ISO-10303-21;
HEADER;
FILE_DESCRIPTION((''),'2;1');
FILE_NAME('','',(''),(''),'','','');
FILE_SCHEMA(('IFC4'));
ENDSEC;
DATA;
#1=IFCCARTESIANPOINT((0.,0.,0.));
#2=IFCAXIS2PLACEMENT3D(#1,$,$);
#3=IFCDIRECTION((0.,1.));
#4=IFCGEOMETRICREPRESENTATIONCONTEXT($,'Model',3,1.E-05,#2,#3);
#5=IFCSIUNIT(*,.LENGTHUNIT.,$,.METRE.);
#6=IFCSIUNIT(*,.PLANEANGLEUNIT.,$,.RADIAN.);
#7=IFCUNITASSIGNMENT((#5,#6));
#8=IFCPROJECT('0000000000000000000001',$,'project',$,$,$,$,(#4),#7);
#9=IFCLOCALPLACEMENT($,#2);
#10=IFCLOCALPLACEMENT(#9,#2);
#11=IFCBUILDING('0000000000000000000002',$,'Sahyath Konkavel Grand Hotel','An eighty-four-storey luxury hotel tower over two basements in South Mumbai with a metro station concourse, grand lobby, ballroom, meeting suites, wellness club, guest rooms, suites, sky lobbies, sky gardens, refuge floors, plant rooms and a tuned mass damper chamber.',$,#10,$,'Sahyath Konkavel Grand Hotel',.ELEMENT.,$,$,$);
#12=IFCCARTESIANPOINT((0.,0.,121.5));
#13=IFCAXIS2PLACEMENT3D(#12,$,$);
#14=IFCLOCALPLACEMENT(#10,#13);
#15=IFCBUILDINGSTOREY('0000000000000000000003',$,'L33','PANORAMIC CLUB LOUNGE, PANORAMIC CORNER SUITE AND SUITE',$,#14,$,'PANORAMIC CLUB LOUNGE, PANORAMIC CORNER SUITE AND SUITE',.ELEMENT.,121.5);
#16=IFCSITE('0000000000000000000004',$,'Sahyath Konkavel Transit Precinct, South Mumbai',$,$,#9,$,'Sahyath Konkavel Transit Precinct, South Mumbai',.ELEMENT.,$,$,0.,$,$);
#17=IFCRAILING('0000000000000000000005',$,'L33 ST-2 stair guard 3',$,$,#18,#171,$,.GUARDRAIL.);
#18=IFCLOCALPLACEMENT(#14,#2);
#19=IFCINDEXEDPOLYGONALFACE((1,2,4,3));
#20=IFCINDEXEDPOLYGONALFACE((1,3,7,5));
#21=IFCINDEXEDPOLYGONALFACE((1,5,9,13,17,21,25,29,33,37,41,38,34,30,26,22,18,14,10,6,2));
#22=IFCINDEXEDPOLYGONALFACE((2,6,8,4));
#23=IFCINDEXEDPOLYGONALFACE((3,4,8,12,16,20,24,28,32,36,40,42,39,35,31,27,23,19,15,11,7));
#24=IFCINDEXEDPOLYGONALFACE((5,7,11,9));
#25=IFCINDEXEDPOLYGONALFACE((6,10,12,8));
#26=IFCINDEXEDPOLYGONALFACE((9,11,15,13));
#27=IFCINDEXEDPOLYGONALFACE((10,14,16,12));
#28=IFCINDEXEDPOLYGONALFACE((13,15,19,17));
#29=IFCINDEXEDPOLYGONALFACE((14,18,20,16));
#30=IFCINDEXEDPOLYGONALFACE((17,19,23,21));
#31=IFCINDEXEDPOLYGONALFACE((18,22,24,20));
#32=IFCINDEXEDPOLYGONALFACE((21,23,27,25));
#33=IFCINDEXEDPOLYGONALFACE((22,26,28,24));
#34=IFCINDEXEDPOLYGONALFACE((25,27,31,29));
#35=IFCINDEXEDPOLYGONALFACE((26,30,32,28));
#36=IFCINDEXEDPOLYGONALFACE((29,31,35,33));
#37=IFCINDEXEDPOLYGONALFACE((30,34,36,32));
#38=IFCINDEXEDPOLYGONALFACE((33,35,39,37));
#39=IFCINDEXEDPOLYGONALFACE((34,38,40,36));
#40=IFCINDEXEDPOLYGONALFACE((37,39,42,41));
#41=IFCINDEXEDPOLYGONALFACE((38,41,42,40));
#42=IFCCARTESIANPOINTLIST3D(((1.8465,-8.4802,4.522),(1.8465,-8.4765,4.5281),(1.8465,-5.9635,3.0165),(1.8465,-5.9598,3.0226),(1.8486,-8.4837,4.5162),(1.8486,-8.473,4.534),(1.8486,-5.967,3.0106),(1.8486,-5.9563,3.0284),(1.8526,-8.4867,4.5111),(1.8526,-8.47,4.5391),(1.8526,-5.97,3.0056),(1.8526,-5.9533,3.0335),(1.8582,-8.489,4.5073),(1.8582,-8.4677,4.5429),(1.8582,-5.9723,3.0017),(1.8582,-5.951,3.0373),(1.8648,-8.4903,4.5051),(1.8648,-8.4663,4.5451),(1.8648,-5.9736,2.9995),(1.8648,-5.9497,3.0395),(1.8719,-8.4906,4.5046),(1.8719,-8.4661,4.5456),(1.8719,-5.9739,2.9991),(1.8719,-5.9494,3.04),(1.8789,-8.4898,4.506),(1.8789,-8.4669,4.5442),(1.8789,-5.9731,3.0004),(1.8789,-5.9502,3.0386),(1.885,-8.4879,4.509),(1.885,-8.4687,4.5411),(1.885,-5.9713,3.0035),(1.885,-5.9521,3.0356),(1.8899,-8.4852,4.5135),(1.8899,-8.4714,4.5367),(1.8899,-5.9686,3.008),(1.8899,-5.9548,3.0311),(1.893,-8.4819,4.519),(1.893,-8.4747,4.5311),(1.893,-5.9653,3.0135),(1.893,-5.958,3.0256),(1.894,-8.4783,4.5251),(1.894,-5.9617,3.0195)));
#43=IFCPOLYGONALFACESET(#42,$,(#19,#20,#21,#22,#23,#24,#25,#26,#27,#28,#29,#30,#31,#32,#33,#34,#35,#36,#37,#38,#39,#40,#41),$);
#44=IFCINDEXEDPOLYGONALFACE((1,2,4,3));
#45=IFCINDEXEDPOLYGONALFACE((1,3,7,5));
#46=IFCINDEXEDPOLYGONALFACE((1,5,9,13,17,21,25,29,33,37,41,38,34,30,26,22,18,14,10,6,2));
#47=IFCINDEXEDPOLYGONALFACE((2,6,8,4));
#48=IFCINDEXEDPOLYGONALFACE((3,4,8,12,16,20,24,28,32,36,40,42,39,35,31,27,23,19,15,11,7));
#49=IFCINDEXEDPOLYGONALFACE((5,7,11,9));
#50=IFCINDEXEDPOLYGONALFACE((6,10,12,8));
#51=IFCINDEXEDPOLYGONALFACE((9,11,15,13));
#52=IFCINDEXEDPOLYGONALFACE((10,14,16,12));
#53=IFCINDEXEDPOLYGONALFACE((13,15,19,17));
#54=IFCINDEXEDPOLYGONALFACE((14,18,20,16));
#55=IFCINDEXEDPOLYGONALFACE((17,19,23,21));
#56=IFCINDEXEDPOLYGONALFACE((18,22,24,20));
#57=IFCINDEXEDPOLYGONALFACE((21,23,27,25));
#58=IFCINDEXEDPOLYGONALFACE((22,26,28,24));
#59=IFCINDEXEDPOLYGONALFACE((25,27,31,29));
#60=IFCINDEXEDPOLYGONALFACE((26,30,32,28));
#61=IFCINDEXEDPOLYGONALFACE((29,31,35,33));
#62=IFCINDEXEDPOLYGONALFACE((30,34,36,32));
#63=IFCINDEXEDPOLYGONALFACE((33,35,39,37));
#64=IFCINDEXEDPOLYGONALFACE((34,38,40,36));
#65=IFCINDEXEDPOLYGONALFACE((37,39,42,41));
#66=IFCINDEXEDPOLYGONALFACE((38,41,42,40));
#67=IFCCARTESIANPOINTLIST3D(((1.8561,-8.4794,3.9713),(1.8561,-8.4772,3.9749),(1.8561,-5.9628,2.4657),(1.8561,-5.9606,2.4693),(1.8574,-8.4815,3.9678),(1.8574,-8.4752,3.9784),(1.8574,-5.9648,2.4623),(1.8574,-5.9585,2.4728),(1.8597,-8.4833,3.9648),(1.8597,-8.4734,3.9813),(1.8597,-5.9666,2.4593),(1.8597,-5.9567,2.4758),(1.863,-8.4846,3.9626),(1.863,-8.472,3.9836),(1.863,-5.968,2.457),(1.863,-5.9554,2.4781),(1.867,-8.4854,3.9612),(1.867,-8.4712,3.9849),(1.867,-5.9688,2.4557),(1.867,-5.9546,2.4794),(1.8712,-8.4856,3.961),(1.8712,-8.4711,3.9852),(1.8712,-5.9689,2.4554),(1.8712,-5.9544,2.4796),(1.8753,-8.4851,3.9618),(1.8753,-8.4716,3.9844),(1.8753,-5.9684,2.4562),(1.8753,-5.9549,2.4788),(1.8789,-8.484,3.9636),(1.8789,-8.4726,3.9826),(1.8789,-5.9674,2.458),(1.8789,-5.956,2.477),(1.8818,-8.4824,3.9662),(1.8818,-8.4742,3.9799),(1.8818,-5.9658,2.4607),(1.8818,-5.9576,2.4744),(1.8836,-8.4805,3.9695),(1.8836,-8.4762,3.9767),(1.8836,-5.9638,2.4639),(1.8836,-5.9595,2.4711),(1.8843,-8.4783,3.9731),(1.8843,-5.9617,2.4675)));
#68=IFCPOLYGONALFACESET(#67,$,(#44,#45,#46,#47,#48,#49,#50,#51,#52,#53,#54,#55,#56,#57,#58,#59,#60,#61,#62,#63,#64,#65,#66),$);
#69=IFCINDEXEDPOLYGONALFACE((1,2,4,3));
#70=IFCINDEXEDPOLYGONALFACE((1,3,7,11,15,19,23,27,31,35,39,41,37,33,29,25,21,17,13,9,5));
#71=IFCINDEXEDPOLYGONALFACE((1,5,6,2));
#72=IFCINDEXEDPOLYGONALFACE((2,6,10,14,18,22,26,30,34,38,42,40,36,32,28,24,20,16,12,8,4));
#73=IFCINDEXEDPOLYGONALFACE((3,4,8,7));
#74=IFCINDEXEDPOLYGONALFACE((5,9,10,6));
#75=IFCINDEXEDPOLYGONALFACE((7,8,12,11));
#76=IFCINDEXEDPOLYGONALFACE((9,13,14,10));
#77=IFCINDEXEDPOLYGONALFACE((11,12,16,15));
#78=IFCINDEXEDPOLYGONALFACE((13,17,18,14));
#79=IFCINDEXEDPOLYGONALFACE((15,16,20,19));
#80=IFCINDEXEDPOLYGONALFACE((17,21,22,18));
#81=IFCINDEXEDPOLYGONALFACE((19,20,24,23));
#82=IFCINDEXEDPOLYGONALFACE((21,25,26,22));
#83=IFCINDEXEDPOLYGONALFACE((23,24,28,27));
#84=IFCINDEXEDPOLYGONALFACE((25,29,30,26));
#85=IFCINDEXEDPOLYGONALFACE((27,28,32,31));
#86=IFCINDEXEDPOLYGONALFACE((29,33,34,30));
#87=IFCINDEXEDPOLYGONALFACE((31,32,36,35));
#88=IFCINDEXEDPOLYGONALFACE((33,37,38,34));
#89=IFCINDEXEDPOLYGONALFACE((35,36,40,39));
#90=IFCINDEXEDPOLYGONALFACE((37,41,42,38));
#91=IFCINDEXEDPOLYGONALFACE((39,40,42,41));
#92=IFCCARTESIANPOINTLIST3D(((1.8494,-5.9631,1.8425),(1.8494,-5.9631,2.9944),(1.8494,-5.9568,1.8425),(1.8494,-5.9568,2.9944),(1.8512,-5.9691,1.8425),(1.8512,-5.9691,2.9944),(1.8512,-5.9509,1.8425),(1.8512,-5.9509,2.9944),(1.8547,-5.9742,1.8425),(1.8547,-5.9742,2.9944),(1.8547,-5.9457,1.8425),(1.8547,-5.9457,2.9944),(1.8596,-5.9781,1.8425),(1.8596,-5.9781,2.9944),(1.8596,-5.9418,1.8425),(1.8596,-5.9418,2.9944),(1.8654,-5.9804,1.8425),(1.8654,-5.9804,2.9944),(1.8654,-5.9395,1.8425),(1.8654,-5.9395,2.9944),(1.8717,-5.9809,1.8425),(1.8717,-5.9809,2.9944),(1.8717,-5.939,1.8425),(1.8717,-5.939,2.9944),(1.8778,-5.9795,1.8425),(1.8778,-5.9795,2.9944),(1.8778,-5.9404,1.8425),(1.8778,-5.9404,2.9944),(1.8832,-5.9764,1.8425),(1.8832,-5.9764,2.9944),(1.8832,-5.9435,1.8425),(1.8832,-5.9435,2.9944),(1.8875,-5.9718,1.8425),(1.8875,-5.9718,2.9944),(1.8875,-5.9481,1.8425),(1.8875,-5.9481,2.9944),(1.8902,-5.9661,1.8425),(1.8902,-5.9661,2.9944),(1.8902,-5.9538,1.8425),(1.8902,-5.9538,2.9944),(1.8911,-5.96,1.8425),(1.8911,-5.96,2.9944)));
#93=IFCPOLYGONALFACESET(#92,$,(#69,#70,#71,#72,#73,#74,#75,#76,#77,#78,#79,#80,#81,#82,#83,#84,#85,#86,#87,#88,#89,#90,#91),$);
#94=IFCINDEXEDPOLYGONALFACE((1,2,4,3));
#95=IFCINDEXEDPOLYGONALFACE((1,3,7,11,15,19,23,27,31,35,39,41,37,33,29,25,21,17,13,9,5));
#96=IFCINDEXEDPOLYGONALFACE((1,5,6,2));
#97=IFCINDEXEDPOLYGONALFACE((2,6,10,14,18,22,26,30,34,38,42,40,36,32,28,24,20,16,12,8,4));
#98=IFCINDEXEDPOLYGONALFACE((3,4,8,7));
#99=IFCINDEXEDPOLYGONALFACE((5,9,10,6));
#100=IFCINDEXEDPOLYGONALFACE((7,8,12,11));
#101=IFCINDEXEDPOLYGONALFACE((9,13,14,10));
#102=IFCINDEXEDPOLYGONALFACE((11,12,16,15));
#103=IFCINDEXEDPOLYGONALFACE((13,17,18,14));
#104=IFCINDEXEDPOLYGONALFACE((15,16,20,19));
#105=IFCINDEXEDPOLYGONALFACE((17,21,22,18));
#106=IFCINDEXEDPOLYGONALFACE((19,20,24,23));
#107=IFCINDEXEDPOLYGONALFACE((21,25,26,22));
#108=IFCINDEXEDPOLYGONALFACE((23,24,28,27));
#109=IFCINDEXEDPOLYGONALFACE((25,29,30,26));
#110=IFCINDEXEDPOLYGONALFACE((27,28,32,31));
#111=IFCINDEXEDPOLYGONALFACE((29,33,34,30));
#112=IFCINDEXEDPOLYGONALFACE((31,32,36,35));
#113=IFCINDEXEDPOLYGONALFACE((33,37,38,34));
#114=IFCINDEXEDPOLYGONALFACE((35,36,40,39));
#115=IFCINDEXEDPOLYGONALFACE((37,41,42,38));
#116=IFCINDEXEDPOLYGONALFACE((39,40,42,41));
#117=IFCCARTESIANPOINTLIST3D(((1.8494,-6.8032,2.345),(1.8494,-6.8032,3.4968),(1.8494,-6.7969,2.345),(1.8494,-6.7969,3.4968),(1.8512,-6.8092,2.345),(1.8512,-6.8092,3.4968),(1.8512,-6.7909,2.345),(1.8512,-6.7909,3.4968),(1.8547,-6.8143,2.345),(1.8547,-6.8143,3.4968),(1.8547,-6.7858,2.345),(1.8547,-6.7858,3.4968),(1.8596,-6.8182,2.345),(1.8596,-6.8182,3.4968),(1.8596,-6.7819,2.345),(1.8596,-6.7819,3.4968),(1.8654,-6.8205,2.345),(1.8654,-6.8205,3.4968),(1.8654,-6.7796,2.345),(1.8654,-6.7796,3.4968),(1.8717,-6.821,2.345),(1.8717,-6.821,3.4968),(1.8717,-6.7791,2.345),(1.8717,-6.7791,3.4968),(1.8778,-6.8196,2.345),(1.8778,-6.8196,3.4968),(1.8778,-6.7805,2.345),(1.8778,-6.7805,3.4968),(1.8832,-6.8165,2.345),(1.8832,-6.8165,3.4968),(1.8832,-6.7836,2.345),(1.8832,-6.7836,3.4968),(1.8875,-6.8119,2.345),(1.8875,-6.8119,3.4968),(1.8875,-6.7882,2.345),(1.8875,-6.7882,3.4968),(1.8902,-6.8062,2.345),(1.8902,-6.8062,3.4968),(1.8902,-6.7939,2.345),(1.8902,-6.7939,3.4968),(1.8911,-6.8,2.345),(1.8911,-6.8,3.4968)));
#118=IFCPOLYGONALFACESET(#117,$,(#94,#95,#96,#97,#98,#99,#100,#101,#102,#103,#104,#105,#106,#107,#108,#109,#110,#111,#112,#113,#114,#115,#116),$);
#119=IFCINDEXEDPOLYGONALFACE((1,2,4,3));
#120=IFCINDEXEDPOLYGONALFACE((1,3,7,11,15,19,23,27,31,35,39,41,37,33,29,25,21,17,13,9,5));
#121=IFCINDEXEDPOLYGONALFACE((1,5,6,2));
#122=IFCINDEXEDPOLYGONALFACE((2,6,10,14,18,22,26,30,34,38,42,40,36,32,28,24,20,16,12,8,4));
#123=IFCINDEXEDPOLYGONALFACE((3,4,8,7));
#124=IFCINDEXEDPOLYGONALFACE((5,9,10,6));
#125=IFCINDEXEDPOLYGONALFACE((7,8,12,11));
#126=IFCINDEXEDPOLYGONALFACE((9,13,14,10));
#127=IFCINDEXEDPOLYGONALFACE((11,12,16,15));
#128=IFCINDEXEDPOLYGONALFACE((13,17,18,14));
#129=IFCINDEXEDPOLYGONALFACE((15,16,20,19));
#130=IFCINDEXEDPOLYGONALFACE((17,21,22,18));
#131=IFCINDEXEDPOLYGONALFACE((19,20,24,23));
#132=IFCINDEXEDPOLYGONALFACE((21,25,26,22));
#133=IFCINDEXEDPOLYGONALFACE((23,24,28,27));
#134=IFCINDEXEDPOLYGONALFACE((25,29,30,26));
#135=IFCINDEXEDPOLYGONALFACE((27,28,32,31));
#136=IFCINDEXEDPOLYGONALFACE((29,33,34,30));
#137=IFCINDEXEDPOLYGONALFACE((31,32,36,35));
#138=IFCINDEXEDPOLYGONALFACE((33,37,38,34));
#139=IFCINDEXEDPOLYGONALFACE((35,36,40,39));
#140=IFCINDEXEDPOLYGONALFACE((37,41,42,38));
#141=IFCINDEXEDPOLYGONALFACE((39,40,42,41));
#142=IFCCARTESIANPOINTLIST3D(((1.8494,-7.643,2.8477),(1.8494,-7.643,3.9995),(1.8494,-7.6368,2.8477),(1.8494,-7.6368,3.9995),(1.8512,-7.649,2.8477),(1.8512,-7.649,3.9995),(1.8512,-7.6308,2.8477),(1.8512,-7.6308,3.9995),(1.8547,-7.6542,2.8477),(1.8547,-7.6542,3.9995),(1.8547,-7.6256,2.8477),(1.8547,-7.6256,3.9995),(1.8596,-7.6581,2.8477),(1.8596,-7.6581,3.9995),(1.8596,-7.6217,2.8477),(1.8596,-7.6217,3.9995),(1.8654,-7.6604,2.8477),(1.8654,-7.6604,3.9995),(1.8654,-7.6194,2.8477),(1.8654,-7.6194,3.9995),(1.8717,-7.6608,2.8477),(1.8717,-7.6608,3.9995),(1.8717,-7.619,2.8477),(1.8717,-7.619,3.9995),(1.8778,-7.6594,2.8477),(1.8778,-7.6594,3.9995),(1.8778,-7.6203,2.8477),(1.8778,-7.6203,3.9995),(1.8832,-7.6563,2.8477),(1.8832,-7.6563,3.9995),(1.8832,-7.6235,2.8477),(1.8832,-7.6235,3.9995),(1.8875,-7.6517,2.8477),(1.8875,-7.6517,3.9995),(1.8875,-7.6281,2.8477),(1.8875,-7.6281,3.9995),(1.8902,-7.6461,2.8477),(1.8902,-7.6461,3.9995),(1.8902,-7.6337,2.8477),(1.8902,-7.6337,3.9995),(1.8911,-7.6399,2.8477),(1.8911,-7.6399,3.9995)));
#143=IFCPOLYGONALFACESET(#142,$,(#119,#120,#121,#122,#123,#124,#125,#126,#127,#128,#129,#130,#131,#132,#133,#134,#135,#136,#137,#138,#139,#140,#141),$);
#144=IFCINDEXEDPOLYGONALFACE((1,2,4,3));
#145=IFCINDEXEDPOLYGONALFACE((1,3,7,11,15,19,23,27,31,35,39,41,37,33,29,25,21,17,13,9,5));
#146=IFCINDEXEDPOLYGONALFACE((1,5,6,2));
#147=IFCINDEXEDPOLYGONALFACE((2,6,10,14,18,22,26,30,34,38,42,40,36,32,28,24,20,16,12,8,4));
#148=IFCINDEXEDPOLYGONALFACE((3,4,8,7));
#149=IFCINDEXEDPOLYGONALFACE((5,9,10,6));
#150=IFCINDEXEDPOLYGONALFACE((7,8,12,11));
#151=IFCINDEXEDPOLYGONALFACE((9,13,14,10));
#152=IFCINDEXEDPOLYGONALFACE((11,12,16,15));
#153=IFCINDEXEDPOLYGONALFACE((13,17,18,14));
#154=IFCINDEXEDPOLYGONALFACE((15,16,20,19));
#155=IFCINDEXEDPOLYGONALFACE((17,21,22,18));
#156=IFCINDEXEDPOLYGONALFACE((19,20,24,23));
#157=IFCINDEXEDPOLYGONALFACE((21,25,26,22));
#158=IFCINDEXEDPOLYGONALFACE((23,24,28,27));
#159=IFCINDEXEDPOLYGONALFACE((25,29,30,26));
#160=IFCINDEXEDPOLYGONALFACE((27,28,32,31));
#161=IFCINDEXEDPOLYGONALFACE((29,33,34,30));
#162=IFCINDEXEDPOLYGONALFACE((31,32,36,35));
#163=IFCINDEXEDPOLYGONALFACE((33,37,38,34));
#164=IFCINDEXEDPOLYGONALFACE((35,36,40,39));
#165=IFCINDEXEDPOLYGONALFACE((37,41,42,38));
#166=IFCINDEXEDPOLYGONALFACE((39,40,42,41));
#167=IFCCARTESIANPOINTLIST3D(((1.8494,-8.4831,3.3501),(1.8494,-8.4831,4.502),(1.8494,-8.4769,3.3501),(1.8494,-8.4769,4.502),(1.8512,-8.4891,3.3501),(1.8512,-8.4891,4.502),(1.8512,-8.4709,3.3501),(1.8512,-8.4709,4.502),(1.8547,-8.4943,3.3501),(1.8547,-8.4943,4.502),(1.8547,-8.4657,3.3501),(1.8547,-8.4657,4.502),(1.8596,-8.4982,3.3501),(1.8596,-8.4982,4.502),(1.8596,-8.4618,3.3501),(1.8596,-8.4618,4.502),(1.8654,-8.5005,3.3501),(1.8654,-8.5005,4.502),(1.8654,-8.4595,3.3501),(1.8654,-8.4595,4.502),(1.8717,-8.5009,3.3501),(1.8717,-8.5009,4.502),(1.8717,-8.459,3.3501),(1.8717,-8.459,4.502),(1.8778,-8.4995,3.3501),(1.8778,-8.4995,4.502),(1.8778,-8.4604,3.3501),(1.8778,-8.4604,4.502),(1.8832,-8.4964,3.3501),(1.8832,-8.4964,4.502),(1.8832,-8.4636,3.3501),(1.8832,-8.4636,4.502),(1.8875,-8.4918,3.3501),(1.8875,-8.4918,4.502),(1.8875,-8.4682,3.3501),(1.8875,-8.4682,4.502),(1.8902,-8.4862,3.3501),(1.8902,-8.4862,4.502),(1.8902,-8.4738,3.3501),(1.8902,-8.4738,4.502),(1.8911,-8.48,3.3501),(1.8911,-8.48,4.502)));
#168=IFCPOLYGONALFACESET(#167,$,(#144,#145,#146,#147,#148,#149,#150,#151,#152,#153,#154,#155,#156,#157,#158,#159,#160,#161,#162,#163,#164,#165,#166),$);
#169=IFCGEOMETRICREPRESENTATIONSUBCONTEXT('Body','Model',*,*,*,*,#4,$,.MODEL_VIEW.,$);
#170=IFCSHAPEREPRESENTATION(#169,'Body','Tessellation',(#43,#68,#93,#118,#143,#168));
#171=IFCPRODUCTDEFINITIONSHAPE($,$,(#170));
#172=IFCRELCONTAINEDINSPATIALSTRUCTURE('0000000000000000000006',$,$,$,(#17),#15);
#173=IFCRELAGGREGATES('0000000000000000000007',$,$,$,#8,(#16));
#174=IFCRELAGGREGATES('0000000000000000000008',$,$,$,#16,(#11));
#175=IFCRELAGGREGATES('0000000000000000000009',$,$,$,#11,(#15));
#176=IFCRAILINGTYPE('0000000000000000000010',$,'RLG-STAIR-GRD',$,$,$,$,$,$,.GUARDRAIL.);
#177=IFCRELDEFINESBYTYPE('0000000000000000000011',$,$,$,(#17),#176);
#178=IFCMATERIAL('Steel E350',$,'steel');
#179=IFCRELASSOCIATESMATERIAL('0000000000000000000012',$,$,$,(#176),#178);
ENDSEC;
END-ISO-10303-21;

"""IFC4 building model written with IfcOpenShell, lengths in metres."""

from ifc_helpers import new_model, si_unit, direction, frame, origin, origin_2d, place, context, subcontext, project, spatial, circle, extrude, material, type_object, element, save


model = new_model("IFC4")

# Units and contexts
model_context = context("Model", 3, precision=1e-05, world=origin(), true_north=direction((0.0, 1.0)))
body_context = subcontext(model_context, "Body", "Model", "MODEL_VIEW")
ifc_project = project(units=[si_unit("LENGTHUNIT", "METRE"), si_unit("PLANEANGLEUNIT", "RADIAN")], contexts=[model_context])

# Site, building, storey
site_placement = place(None, origin())
site = spatial("IfcSite", under=ifc_project, at=site_placement, Name="Sahyath Konkavel Transit Precinct, South Mumbai", LongName="Sahyath Konkavel Transit Precinct, South Mumbai", CompositionType="ELEMENT", RefElevation=0.0)
building_placement = place(site_placement, origin())
building = spatial("IfcBuilding", under=site, at=building_placement, Name="Sahyath Konkavel Grand Hotel", Description="An eighty-four-storey luxury hotel tower over two basements in South Mumbai with a metro station concourse, grand lobby, ballroom, meeting suites, wellness club, guest rooms, suites, sky lobbies, sky gardens, refuge floors, plant rooms and a tuned mass damper chamber.", LongName="Sahyath Konkavel Grand Hotel", CompositionType="ELEMENT")
storey_placement = place(building_placement, frame((0.0, 0.0, 121.5)))
storey = spatial("IfcBuildingStorey", under=building, at=storey_placement, Name="L33", Description="PANORAMIC CLUB LOUNGE, PANORAMIC CORNER SUITE AND SUITE", LongName="PANORAMIC CLUB LOUNGE, PANORAMIC CORNER SUITE AND SUITE", CompositionType="ELEMENT", Elevation=121.5)

# Shared definitions
ifc_material_1 = material(Name="Steel E350", Category="steel")

# Railing
railing_type_1 = type_object("IfcRailingType", Name="RLG-STAIR-GRD", PredefinedType="GUARDRAIL", material=ifc_material_1)
railing_1_placement = place(storey_placement, frame((1.8701, -5.96, 1.8425)))
element("IfcRailing", 1, at=railing_1_placement, inside=storey, type_object=railing_type_1, Name="L33 ST-2 stair guard 3", PredefinedType="GUARDRAIL", context=body_context, shape_type="SweptSolid", body=[
    extrude(circle(Radius=0.0239, at=origin_2d()), frame((0.0, -0.0017, 1.177), z_axis=(0.0, -0.85816, 0.513383), x_axis=(1.0, 0.0, 0.0)), (0.0, 0.0, 1.0), 2.9326),
    extrude(circle(Radius=0.0142, at=origin_2d()), frame((0.0, -0.0017, 0.625), z_axis=(0.0, -0.85816, 0.513383), x_axis=(1.0, 0.0, 0.0)), (0.0, 0.0, 1.0), 2.9326),
    extrude(circle(Radius=0.021, at=origin_2d()), origin(), (0.0, 0.0, 1.0), 1.1519),
    extrude(circle(Radius=0.021, at=origin_2d()), frame((0.0, -0.8401, 0.5024)), (0.0, 0.0, 1.0), 1.1519),
    extrude(circle(Radius=0.021, at=origin_2d()), frame((0.0, -1.6799, 1.0051)), (0.0, 0.0, 1.0), 1.1519),
    extrude(circle(Radius=0.021, at=origin_2d()), frame((0.0, -2.52, 1.5076)), (0.0, 0.0, 1.0), 1.1519),
])

save(model, "model.ifc")
